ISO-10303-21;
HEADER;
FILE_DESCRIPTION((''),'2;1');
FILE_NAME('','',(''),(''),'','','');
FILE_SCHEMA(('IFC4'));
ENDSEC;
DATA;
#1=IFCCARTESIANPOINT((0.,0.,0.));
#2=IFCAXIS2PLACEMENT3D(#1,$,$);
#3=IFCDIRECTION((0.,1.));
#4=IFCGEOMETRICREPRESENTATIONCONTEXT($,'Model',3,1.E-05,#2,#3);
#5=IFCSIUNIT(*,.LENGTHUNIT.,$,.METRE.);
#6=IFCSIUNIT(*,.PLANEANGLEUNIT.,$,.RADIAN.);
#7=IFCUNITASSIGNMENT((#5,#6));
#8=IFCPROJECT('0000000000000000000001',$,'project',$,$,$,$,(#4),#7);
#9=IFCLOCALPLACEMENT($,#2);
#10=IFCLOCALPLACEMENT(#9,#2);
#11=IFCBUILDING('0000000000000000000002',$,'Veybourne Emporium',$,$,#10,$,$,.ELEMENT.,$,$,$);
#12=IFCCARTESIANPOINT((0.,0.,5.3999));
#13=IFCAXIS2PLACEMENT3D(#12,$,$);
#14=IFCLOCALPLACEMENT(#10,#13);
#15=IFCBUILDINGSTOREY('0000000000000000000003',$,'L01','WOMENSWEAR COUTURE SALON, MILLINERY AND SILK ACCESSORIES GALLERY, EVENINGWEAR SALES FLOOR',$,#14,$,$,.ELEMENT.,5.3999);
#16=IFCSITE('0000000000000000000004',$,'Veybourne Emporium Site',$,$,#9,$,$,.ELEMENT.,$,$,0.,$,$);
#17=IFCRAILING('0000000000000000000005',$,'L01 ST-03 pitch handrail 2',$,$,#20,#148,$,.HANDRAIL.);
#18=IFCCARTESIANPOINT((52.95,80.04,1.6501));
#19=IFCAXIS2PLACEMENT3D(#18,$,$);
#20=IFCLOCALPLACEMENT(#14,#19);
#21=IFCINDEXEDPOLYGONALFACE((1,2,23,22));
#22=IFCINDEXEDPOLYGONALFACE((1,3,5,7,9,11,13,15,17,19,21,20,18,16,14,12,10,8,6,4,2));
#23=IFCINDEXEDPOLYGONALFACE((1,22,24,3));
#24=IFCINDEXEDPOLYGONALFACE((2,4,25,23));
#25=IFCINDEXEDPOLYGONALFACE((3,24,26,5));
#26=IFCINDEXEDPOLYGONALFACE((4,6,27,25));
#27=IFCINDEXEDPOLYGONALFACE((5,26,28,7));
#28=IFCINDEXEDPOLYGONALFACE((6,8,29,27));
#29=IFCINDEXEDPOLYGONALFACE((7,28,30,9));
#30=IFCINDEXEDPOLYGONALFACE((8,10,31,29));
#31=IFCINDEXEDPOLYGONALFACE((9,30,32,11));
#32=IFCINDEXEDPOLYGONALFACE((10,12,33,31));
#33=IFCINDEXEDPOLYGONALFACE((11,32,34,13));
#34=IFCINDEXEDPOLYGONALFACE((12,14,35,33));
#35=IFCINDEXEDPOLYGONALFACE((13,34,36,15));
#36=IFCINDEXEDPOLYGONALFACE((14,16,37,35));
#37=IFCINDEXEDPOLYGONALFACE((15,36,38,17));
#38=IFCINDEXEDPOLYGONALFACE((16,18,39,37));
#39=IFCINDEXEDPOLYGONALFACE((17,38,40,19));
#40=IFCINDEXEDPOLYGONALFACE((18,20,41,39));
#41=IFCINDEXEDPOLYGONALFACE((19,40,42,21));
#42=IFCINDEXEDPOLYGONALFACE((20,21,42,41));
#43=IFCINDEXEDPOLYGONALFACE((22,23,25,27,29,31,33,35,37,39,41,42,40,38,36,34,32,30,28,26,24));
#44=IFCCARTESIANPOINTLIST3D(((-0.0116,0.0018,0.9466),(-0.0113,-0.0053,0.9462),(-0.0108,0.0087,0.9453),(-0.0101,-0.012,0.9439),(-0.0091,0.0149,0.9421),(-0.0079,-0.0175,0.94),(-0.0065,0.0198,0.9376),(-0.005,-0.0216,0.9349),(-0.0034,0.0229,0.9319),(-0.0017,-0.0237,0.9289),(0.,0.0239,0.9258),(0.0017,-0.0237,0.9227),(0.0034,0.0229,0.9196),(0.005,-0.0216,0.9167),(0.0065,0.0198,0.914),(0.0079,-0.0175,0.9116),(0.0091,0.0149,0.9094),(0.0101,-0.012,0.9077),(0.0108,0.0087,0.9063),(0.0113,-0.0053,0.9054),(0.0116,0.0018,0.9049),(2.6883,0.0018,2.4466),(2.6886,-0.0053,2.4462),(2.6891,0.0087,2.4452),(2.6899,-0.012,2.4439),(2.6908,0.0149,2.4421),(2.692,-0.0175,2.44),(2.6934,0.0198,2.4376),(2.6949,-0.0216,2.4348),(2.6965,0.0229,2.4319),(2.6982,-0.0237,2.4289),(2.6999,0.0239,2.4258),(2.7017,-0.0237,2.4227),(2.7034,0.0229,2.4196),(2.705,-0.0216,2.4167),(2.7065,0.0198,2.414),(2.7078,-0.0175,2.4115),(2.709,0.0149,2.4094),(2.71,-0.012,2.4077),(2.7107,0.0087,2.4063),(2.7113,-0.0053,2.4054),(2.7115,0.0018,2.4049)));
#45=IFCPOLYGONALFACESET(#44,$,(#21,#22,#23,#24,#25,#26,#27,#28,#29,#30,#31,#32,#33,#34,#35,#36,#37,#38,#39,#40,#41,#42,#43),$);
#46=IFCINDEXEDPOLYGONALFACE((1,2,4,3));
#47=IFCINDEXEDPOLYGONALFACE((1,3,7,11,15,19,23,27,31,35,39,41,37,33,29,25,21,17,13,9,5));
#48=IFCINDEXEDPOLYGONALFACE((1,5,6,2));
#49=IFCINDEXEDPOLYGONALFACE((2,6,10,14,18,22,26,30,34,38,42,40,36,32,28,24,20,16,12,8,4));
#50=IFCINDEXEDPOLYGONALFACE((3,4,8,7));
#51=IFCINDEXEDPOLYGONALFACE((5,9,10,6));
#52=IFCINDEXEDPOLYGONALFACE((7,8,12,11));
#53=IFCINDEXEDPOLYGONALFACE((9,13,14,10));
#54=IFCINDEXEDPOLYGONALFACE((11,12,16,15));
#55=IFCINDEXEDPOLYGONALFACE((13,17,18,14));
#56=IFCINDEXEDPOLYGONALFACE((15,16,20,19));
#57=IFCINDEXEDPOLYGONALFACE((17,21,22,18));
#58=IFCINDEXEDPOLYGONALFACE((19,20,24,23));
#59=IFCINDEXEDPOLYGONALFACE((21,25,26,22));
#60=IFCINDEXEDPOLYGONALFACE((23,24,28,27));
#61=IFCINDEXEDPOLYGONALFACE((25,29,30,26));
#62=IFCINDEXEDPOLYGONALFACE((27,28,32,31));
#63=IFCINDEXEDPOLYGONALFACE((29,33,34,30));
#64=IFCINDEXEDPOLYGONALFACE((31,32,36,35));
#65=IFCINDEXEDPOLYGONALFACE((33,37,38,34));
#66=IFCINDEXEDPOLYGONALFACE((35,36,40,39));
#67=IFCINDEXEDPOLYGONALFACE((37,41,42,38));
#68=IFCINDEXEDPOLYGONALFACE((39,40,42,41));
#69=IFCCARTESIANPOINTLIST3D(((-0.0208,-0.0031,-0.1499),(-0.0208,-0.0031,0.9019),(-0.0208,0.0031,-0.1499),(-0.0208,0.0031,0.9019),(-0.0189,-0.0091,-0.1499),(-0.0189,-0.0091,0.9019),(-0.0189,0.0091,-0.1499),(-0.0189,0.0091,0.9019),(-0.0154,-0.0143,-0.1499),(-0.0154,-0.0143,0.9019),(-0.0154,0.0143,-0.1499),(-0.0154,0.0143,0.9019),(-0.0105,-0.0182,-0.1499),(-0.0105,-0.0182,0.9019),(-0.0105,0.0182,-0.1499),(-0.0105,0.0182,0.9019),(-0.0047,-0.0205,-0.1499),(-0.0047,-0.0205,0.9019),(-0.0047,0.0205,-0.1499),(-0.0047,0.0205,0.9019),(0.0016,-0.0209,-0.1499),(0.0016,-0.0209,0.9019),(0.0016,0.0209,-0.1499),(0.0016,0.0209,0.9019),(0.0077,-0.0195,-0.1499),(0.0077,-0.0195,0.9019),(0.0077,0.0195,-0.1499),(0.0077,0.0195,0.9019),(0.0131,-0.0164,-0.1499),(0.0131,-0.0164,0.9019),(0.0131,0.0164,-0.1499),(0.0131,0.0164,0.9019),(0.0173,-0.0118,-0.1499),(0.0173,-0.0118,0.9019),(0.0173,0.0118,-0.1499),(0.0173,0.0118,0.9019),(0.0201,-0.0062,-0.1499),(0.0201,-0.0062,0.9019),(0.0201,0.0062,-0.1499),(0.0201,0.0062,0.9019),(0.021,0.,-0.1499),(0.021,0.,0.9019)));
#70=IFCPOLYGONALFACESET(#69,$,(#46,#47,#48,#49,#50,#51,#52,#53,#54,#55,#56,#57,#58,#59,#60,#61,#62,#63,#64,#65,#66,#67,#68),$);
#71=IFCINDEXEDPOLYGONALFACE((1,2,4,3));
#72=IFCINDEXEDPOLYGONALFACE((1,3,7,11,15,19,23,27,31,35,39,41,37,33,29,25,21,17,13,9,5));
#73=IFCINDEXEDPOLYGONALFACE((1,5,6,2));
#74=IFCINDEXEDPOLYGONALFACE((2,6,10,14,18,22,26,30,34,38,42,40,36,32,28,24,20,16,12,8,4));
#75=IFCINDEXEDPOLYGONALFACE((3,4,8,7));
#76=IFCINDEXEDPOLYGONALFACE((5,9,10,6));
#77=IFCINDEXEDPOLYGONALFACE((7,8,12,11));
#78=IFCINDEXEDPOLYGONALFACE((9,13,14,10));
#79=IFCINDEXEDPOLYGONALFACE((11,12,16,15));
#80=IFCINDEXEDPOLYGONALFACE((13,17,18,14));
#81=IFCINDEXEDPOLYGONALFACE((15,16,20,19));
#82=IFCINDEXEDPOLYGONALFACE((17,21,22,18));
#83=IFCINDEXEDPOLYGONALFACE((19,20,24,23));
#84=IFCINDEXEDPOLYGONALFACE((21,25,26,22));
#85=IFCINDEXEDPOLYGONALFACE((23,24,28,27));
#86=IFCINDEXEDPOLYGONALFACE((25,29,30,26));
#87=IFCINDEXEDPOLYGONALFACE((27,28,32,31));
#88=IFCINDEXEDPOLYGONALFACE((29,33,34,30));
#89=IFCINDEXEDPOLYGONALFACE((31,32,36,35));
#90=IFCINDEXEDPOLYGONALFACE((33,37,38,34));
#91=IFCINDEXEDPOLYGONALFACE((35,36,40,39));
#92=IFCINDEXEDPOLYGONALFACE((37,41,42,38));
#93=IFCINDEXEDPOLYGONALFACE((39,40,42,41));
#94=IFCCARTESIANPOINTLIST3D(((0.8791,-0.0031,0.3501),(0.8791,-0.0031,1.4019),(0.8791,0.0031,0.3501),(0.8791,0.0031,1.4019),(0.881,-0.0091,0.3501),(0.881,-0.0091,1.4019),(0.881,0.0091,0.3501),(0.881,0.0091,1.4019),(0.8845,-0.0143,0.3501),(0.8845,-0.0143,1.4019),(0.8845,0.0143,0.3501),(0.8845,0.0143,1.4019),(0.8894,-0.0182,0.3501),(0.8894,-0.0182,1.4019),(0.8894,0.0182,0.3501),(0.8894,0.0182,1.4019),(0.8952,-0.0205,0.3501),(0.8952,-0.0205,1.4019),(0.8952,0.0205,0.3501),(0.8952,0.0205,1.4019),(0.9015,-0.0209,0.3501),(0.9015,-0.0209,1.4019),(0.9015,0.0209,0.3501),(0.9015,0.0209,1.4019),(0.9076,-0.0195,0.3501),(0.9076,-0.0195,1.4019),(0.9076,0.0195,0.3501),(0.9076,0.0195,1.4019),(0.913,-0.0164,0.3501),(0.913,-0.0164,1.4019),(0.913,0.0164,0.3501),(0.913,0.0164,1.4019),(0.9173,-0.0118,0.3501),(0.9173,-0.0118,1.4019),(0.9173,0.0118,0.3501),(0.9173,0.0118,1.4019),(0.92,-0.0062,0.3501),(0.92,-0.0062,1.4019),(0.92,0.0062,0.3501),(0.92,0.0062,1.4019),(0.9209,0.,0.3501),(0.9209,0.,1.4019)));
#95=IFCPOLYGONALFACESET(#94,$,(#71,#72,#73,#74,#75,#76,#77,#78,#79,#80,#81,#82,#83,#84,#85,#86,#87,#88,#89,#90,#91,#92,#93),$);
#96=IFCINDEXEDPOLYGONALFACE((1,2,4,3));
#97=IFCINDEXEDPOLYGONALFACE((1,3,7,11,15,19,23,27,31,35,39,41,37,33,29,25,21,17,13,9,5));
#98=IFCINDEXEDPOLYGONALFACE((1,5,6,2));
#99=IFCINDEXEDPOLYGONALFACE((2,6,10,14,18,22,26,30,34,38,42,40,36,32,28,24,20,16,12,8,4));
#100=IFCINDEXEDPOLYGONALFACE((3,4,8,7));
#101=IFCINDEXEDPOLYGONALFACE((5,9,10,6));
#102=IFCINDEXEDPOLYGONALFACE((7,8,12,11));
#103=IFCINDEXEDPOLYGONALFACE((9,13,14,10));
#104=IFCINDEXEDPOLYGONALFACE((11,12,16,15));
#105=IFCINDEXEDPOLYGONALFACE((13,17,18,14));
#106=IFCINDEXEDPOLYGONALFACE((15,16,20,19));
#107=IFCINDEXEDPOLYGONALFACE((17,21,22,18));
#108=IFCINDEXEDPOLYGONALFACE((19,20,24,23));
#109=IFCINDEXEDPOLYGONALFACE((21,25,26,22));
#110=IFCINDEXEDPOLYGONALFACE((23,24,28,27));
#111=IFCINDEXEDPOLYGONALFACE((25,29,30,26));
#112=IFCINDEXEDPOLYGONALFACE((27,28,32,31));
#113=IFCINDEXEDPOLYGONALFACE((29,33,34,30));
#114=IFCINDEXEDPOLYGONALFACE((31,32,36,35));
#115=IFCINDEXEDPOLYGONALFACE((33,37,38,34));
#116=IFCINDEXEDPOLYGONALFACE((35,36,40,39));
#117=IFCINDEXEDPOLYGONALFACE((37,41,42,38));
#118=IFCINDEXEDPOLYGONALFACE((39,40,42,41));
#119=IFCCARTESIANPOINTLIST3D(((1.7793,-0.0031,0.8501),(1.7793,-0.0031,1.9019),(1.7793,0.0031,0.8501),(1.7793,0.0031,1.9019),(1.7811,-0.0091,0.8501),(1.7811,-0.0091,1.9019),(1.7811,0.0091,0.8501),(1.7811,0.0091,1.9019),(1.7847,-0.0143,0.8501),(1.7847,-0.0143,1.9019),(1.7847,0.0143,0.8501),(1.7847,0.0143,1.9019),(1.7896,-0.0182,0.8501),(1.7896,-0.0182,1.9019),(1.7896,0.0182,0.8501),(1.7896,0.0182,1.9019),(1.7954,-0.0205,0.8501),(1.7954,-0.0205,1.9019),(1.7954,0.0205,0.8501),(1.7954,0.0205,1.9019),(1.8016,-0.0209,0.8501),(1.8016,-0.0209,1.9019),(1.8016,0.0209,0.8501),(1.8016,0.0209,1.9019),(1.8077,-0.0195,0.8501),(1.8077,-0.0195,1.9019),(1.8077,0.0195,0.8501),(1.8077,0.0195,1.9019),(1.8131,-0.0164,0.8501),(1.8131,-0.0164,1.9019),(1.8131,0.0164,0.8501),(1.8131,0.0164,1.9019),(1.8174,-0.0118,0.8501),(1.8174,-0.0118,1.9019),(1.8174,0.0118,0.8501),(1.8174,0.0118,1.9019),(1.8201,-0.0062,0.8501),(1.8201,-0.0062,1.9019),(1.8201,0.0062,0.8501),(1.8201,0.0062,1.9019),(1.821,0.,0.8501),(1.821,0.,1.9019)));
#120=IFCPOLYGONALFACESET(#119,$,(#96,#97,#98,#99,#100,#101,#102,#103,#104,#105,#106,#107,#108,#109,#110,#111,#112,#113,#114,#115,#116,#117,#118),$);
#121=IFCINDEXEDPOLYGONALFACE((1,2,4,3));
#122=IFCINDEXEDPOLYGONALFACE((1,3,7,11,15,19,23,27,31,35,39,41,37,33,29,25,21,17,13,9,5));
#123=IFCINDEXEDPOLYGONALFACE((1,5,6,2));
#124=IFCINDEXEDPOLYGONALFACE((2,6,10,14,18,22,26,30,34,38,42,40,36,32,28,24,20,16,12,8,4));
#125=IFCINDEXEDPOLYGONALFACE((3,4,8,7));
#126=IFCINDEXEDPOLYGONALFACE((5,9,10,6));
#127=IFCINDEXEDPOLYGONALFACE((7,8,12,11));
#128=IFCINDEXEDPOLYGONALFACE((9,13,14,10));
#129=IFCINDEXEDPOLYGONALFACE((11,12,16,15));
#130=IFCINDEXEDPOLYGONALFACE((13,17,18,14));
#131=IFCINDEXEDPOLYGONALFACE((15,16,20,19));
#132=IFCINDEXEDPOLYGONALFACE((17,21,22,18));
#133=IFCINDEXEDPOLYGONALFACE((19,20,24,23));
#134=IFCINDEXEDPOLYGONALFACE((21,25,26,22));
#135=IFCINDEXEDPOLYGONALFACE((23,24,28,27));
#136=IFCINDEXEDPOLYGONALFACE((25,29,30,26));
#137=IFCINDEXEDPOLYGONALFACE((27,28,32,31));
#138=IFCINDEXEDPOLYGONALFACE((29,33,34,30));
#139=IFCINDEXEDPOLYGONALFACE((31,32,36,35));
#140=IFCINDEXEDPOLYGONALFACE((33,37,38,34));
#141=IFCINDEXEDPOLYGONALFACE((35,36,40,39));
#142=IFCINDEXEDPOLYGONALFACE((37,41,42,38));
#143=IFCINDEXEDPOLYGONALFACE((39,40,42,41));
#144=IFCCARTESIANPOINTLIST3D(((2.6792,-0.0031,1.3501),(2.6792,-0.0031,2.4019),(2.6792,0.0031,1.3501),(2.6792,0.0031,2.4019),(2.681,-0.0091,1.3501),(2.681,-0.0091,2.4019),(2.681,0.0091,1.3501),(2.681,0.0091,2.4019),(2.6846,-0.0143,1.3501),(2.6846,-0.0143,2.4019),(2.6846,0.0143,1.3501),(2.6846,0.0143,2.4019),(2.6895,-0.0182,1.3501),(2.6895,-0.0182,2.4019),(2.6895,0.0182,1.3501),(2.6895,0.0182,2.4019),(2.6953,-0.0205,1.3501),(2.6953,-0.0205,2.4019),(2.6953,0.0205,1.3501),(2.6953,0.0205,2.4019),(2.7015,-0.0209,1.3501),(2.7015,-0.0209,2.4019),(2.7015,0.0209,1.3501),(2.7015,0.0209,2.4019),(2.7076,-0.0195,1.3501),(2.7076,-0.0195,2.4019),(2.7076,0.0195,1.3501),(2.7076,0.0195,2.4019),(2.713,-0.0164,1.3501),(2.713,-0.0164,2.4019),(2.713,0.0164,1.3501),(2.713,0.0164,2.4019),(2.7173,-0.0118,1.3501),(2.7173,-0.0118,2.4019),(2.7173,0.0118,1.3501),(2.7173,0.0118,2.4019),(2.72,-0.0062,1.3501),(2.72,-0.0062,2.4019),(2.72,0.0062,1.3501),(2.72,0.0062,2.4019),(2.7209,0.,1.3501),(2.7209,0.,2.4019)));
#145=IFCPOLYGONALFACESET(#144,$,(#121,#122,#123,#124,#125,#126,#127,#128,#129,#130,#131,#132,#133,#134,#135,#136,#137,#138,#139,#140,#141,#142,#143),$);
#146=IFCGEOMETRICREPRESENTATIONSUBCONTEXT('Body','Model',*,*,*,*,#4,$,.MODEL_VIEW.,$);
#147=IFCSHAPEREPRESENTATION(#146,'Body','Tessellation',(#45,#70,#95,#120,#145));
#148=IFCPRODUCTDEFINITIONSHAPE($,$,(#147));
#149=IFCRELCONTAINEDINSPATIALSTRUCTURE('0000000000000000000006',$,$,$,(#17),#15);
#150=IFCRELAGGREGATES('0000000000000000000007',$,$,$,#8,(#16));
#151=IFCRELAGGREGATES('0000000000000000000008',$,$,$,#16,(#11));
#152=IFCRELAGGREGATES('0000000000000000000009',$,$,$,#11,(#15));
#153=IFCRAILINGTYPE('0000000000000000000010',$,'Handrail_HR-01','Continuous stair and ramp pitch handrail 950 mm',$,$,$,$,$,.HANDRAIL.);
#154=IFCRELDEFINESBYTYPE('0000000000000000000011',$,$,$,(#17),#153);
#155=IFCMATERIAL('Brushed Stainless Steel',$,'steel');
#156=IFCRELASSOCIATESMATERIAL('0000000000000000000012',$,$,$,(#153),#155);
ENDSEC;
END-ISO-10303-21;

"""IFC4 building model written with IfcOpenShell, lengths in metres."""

from ifc_helpers import new_model, si_unit, direction, frame, origin, origin_2d, place, context, subcontext, project, spatial, circle, extrude, material, type_object, element, save


model = new_model("IFC4")

# Units and contexts
model_context = context("Model", 3, precision=1e-05, world=origin(), true_north=direction((0.0, 1.0)))
body_context = subcontext(model_context, "Body", "Model", "MODEL_VIEW")
ifc_project = project(units=[si_unit("LENGTHUNIT", "METRE"), si_unit("PLANEANGLEUNIT", "RADIAN")], contexts=[model_context])

# Site, building, storey
site_placement = place(None, origin())
site = spatial("IfcSite", under=ifc_project, at=site_placement, Name="Veybourne Emporium Site", CompositionType="ELEMENT", RefElevation=0.0)
building_placement = place(site_placement, origin())
building = spatial("IfcBuilding", under=site, at=building_placement, Name="Veybourne Emporium", CompositionType="ELEMENT")
storey_placement = place(building_placement, frame((0.0, 0.0, 5.3999)))
storey = spatial("IfcBuildingStorey", under=building, at=storey_placement, Name="L01", Description="WOMENSWEAR COUTURE SALON, MILLINERY AND SILK ACCESSORIES GALLERY, EVENINGWEAR SALES FLOOR", CompositionType="ELEMENT", Elevation=5.3999)

# Railing
ifc_material_1 = material(Name="Brushed Stainless Steel", Category="steel")
railing_type_1 = type_object("IfcRailingType", Name="Handrail_HR-01", Description="Continuous stair and ramp pitch handrail 950 mm", PredefinedType="HANDRAIL", material=ifc_material_1)
railing_1_placement = place(storey_placement, frame((52.95, 80.04, 1.6501)))
element("IfcRailing", 1, at=railing_1_placement, inside=storey, type_object=railing_type_1, Name="L01 ST-03 pitch handrail 2", PredefinedType="HANDRAIL", context=body_context, shape_type="SweptSolid", body=[
    extrude(circle(Radius=0.0239, at=origin_2d()), frame((0.0, 0.0, 0.9258), z_axis=(0.874154, 0.0, 0.48565), x_axis=(0.0, 1.0, 0.0)), (0.0, 0.0, 1.0), 3.0886),
    extrude(circle(Radius=0.021, at=origin_2d()), frame((0.0, 0.0, -0.1499)), (0.0, 0.0, 1.0), 1.0518),
    extrude(circle(Radius=0.021, at=origin_2d()), frame((0.8999, 0.0, 0.3501)), (0.0, 0.0, 1.0), 1.0518),
    extrude(circle(Radius=0.021, at=origin_2d()), frame((1.8, 0.0, 0.8501)), (0.0, 0.0, 1.0), 1.0518),
    extrude(circle(Radius=0.021, at=origin_2d()), frame((2.7, 0.0, 1.3501)), (0.0, 0.0, 1.0), 1.0518),
])

save(model, "model.ifc")
